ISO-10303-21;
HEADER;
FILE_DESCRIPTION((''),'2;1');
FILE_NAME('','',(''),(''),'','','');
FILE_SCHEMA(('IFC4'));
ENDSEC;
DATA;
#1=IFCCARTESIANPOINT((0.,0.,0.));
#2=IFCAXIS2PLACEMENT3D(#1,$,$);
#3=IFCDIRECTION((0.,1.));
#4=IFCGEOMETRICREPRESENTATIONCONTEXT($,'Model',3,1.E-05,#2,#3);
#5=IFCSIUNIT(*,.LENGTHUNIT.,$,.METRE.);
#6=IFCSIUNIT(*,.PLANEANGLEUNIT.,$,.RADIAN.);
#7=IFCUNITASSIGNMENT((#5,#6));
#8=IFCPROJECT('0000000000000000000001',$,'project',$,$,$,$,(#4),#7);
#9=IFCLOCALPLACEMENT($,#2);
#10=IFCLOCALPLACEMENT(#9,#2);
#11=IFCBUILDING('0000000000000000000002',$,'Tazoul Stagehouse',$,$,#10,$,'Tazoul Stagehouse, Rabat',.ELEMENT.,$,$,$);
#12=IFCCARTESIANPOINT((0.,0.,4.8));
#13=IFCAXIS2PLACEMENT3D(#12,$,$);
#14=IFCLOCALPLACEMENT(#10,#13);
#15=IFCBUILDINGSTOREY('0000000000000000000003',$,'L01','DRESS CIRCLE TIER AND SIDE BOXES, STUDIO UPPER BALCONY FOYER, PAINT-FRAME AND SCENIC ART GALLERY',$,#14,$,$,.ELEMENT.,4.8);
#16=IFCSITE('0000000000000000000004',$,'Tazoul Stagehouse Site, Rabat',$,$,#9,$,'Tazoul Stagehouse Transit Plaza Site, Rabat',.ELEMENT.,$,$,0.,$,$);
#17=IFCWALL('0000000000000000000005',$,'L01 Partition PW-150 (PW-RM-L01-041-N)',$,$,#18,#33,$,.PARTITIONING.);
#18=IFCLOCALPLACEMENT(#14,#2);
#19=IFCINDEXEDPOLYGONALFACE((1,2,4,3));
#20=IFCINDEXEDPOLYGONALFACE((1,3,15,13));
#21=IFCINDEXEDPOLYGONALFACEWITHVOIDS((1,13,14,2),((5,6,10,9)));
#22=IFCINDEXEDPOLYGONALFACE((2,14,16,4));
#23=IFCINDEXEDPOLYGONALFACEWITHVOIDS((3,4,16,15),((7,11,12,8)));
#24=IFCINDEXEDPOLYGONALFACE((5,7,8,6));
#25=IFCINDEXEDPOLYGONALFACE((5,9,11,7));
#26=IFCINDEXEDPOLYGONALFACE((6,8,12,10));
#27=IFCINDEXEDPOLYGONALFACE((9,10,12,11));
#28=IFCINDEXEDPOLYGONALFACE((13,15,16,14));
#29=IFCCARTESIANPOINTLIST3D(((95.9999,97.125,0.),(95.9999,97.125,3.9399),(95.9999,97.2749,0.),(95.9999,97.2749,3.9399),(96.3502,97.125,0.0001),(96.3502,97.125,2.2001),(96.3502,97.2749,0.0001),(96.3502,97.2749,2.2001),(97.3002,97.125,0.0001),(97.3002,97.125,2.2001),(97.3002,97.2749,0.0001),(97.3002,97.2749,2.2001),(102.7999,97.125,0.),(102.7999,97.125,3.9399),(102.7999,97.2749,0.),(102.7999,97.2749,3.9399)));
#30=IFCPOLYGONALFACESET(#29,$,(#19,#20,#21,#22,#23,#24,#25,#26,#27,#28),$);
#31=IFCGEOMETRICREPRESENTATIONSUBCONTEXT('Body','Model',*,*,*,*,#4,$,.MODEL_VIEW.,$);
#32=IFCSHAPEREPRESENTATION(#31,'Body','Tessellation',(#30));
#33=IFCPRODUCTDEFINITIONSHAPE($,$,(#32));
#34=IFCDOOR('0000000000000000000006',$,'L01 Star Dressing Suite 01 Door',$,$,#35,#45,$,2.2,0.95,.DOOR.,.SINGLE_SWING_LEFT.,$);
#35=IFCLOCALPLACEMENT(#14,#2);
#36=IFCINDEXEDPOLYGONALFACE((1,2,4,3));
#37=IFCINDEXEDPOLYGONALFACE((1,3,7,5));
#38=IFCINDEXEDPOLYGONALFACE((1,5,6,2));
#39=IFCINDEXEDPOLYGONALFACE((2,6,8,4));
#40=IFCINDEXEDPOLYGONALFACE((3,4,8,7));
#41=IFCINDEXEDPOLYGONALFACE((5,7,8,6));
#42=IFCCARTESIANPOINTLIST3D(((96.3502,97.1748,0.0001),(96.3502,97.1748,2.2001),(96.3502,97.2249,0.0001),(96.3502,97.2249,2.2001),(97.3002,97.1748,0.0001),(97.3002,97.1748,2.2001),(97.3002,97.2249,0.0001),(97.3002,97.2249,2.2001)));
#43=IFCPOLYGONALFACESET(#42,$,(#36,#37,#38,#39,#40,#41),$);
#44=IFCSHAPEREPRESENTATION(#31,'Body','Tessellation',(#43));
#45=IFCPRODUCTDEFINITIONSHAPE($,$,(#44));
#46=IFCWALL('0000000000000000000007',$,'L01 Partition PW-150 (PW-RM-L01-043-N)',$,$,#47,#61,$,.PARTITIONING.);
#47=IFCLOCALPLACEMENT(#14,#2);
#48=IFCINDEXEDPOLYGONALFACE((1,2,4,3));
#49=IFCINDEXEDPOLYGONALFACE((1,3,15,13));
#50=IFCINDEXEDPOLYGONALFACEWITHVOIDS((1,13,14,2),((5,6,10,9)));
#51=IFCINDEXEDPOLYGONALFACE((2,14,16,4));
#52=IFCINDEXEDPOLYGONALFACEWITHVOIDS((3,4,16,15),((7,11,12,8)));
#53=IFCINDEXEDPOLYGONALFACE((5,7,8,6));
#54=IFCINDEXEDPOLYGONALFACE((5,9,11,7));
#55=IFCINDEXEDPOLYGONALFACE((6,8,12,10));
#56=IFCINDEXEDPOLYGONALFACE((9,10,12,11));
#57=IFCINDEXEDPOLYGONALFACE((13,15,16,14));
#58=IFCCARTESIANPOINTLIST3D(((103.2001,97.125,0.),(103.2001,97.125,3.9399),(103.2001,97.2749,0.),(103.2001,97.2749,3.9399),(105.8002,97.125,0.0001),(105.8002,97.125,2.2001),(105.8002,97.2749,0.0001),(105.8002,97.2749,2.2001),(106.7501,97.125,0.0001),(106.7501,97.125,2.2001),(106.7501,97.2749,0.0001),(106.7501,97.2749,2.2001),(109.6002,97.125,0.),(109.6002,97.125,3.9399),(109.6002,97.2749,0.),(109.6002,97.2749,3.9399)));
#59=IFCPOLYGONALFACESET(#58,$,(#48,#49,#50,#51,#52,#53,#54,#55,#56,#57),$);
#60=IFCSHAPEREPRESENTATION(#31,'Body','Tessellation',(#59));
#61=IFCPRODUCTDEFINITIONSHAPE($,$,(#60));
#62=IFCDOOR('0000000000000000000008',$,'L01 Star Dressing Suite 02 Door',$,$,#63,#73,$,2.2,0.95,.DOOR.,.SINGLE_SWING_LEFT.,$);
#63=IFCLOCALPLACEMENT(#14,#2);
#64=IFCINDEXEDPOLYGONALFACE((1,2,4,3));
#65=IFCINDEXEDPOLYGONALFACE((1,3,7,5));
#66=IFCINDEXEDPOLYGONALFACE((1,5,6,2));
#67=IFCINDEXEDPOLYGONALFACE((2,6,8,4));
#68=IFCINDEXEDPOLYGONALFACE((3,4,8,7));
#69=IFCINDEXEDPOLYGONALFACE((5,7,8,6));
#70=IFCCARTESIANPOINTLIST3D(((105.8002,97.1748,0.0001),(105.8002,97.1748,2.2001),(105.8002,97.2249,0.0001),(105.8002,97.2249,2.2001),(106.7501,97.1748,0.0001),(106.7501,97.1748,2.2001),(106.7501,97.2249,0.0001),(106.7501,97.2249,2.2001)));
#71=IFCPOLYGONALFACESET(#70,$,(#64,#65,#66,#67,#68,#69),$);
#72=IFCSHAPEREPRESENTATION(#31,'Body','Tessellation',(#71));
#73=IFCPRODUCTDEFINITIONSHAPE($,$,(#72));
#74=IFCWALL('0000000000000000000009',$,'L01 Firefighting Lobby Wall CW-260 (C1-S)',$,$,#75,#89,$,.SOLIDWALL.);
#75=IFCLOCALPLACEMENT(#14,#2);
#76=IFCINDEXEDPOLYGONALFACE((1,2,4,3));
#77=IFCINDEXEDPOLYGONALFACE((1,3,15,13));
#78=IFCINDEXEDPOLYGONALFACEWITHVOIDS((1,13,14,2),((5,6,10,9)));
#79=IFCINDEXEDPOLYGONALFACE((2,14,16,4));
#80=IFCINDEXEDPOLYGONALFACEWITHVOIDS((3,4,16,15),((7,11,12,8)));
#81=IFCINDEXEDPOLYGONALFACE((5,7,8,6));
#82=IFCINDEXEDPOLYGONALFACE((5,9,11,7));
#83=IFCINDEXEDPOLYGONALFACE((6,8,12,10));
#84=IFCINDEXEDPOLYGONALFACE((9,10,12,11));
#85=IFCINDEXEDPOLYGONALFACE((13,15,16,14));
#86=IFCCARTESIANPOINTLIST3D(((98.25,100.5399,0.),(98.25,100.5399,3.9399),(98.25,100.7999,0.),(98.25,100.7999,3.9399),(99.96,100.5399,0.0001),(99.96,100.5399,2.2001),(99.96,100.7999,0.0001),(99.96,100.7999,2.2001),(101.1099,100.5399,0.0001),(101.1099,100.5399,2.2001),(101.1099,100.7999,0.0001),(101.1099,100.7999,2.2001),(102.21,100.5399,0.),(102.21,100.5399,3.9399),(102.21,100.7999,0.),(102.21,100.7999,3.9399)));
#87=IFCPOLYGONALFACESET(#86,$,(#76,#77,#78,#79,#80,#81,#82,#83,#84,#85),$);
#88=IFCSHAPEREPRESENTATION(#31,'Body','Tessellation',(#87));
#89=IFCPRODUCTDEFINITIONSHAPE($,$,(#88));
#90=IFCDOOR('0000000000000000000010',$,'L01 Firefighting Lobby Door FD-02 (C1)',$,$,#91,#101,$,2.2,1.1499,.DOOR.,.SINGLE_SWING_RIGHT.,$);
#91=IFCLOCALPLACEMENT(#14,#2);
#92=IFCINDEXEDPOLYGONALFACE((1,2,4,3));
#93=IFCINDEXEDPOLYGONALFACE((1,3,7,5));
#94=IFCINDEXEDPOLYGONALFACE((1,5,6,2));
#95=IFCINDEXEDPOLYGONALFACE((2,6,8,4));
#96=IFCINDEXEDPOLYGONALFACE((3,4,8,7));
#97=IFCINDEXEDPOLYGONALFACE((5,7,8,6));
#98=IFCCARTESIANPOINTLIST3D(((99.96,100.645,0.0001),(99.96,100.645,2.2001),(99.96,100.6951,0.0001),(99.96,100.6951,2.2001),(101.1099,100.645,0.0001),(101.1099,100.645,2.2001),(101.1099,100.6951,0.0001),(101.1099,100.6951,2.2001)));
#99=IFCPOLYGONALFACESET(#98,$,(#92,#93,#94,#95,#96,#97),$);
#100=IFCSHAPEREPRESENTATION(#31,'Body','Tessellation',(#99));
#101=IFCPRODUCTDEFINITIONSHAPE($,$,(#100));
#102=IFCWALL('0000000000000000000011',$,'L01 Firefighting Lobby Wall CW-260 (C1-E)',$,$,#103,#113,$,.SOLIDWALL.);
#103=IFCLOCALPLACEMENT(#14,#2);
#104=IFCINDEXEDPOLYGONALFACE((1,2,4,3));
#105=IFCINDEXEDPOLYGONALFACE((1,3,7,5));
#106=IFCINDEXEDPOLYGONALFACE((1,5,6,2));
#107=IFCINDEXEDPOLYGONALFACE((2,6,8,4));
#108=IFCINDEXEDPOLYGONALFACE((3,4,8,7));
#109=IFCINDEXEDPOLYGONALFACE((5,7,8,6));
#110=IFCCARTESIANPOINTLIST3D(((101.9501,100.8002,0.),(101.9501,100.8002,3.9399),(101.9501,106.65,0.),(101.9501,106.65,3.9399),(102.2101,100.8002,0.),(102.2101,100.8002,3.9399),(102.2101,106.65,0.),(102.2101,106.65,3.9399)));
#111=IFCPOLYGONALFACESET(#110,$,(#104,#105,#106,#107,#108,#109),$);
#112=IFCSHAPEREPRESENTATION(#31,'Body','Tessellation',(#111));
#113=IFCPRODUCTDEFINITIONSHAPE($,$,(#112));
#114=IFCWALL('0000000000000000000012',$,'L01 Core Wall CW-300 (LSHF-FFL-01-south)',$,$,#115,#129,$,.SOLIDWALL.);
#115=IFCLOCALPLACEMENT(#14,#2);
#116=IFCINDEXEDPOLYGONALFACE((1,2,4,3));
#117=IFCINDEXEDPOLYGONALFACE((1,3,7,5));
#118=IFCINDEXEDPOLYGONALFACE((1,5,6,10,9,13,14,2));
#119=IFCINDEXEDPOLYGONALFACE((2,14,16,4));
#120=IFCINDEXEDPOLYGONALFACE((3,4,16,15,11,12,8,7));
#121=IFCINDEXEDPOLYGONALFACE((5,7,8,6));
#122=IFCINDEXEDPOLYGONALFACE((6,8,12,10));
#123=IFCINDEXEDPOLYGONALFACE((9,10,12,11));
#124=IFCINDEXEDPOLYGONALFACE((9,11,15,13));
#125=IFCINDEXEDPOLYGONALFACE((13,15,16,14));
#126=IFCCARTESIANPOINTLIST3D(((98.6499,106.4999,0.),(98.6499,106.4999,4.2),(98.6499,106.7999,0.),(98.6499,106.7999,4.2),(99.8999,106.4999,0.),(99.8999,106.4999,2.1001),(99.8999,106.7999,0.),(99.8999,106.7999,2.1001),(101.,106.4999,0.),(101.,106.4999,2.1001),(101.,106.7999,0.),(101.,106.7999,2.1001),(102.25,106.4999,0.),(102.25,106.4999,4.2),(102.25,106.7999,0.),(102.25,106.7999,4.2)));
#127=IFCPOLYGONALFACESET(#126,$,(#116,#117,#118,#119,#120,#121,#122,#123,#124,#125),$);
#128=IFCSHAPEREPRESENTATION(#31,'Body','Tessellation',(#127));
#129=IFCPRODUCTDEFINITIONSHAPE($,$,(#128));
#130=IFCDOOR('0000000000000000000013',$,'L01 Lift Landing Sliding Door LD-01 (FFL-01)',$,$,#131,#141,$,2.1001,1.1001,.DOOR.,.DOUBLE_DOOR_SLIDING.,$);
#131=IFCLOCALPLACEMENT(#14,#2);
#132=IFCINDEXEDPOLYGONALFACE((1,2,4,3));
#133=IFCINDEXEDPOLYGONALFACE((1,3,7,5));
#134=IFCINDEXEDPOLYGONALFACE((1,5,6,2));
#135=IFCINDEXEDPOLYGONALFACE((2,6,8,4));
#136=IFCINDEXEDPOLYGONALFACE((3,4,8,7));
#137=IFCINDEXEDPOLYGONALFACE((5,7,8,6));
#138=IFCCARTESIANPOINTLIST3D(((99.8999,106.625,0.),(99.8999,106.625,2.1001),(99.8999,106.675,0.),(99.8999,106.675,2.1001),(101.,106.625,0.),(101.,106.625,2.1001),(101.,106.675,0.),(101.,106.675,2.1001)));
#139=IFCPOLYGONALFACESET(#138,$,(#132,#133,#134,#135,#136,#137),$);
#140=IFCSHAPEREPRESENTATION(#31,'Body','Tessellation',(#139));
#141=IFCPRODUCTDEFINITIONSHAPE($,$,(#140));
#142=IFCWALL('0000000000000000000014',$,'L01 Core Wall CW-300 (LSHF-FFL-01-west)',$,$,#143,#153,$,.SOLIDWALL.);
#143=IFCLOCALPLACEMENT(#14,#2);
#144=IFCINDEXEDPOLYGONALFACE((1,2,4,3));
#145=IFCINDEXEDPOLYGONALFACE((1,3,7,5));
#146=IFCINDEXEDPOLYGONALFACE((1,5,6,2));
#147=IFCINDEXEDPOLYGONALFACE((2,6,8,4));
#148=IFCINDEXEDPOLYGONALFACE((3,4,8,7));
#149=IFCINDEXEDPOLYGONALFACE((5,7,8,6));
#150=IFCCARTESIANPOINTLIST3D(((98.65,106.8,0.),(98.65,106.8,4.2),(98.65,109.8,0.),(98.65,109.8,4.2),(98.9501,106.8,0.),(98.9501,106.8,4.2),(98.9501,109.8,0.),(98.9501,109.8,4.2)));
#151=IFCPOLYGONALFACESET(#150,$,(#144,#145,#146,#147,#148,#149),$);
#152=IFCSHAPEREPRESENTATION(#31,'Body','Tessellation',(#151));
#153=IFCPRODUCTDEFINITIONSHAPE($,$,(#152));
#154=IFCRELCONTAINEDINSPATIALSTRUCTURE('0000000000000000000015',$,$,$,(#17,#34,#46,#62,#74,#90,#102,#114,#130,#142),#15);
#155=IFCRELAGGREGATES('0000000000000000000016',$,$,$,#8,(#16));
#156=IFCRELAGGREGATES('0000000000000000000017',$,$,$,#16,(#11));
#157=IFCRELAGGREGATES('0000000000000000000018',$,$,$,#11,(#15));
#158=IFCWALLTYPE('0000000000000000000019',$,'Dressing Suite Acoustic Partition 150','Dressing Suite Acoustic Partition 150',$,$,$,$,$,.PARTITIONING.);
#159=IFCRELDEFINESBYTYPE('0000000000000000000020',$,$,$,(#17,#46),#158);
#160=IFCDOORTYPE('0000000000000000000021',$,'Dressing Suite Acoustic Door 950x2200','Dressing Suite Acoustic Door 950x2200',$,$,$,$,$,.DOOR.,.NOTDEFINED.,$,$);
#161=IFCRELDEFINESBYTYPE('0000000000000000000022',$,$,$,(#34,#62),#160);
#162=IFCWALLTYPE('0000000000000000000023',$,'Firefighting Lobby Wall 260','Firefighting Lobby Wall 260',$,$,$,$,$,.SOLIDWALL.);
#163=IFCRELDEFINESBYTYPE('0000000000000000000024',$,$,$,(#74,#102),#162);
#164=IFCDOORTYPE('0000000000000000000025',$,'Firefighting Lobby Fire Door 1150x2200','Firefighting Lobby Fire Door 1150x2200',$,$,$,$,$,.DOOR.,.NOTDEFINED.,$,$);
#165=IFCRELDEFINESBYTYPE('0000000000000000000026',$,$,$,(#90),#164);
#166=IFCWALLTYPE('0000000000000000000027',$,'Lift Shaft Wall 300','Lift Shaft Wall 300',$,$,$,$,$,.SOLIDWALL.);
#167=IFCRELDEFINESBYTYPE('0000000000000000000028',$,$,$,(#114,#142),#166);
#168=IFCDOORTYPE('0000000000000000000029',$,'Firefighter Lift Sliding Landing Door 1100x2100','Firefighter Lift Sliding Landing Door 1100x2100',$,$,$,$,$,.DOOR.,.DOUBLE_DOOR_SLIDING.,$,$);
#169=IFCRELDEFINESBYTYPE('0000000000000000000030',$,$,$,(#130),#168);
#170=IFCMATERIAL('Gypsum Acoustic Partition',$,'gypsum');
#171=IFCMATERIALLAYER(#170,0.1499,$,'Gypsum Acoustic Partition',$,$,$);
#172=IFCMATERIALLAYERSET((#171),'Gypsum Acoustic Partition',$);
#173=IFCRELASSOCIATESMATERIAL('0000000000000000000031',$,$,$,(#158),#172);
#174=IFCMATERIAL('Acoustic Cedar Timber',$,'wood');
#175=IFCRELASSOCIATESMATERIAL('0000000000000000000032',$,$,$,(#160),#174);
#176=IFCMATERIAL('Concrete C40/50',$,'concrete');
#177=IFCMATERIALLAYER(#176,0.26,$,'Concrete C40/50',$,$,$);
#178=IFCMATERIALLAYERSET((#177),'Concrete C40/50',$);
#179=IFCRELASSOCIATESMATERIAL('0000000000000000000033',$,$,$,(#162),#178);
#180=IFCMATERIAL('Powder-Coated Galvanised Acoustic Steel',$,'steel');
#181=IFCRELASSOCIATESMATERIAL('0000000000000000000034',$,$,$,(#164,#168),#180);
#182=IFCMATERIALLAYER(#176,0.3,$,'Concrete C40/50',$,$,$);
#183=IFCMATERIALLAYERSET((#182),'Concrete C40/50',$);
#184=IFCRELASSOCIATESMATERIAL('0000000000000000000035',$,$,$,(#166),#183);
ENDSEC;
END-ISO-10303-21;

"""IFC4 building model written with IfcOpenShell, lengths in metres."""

from ifc_helpers import new_model, si_unit, direction, frame, frame_2d, origin, place, context, subcontext, project, spatial, rectangle, extrude, material, layer, layer_set, type_object, element, fill, save


model = new_model("IFC4")

# Units and contexts
model_context = context("Model", 3, precision=1e-05, world=origin(), true_north=direction((0.0, 1.0)))
body_context = subcontext(model_context, "Body", "Model", "MODEL_VIEW")
ifc_project = project(units=[si_unit("LENGTHUNIT", "METRE"), si_unit("PLANEANGLEUNIT", "RADIAN")], contexts=[model_context])

# Site, building, storey
site_placement = place(None, origin())
site = spatial("IfcSite", under=ifc_project, at=site_placement, Name="Tazoul Stagehouse Site, Rabat", LongName="Tazoul Stagehouse Transit Plaza Site, Rabat", CompositionType="ELEMENT", RefElevation=0.0)
building_placement = place(site_placement, origin())
building = spatial("IfcBuilding", under=site, at=building_placement, Name="Tazoul Stagehouse", LongName="Tazoul Stagehouse, Rabat", CompositionType="ELEMENT")
storey_placement = place(building_placement, frame((0.0, 0.0, 4.8)))
storey = spatial("IfcBuildingStorey", under=building, at=storey_placement, Name="L01", Description="DRESS CIRCLE TIER AND SIDE BOXES, STUDIO UPPER BALCONY FOYER, PAINT-FRAME AND SCENIC ART GALLERY", CompositionType="ELEMENT", Elevation=4.8)

# Shared definitions
ifc_material_1 = material(Name="Concrete C40/50", Category="concrete")

# Walls, openings, doors
ifc_material_2 = material(Name="Gypsum Acoustic Partition", Category="gypsum")
ifc_layer_1 = layer(ifc_material_2, 0.1499, Name="Gypsum Acoustic Partition")
ifc_layer_set_1 = layer_set([ifc_layer_1], Name="Gypsum Acoustic Partition")
wall_type_1 = type_object("IfcWallType", Name="Dressing Suite Acoustic Partition 150", Description="Dressing Suite Acoustic Partition 150", PredefinedType="PARTITIONING", material=ifc_layer_set_1)
wall_1_placement = place(storey_placement, frame((96.0, 97.2, 0.0), z_axis=(0.0, 0.0, 1.0), x_axis=(1.0, 0.0, 0.0)))
wall_1 = element("IfcWall", 1, at=wall_1_placement, inside=storey, type_object=wall_type_1, Name="L01 Partition PW-150 (PW-RM-L01-041-N)", PredefinedType="PARTITIONING", context=body_context, shape_type="SweptSolid", body=[
    extrude(rectangle(XDim=6.8, YDim=0.1499, at=frame_2d((3.3999, 0.0))), origin(), (0.0, 0.0, 1.0), 3.9399),
])
opening_1_placement = place(wall_1_placement, frame((0.3501, 0.0, 0.0)))
opening_1 = element("IfcOpeningElement", 2, at=opening_1_placement, cuts=wall_1, PredefinedType="OPENING", context=body_context, shape_type="SweptSolid", body=[
    extrude(rectangle(XDim=0.95, YDim=2.2, at=frame_2d((0.4751, 1.1001))), frame((0.0, 0.095, 0.0), z_axis=(0.0, -1.0, 0.0), x_axis=(1.0, 0.0, 0.0)), (0.0, 0.0, 1.0), 0.1899),
])
ifc_material_3 = material(Name="Acoustic Cedar Timber", Category="wood")
door_type_1 = type_object("IfcDoorType", Name="Dressing Suite Acoustic Door 950x2200", Description="Dressing Suite Acoustic Door 950x2200", OperationType="NOTDEFINED", PredefinedType="DOOR", material=ifc_material_3)
door_1_placement = place(opening_1_placement, origin())
door_1 = element("IfcDoor", 3, at=door_1_placement, inside=storey, type_object=door_type_1, Name="L01 Star Dressing Suite 01 Door", OperationType="SINGLE_SWING_LEFT", OverallHeight=2.2, OverallWidth=0.95, PredefinedType="DOOR", context=body_context, shape_type="SweptSolid", body=[
    extrude(rectangle(XDim=0.95, YDim=2.2, at=frame_2d((0.4751, 1.1001))), frame((0.0, 0.0249, 0.0), z_axis=(0.0, -1.0, 0.0), x_axis=(1.0, 0.0, 0.0)), (0.0, 0.0, 1.0), 0.05),
])
fill(opening_1, door_1)
wall_2_placement = place(storey_placement, frame((103.2, 97.2, 0.0), z_axis=(0.0, 0.0, 1.0), x_axis=(1.0, 0.0, 0.0)))
wall_2 = element("IfcWall", 4, at=wall_2_placement, inside=storey, type_object=wall_type_1, Name="L01 Partition PW-150 (PW-RM-L01-043-N)", PredefinedType="PARTITIONING", context=body_context, shape_type="SweptSolid", body=[
    extrude(rectangle(XDim=6.4001, YDim=0.1499, at=frame_2d((3.2002, 0.0))), origin(), (0.0, 0.0, 1.0), 3.9399),
])
opening_2_placement = place(wall_2_placement, frame((2.6001, 0.0, 0.0)))
opening_2 = element("IfcOpeningElement", 5, at=opening_2_placement, cuts=wall_2, PredefinedType="OPENING", context=body_context, shape_type="SweptSolid", body=[
    extrude(rectangle(XDim=0.95, YDim=2.2, at=frame_2d((0.4751, 1.1001))), frame((0.0, 0.095, 0.0), z_axis=(0.0, -1.0, 0.0), x_axis=(1.0, 0.0, 0.0)), (0.0, 0.0, 1.0), 0.1899),
])
door_2_placement = place(opening_2_placement, origin())
door_2 = element("IfcDoor", 6, at=door_2_placement, inside=storey, type_object=door_type_1, Name="L01 Star Dressing Suite 02 Door", OperationType="SINGLE_SWING_LEFT", OverallHeight=2.2, OverallWidth=0.95, PredefinedType="DOOR", context=body_context, shape_type="SweptSolid", body=[
    extrude(rectangle(XDim=0.95, YDim=2.2, at=frame_2d((0.4751, 1.1001))), frame((0.0, 0.0249, 0.0), z_axis=(0.0, -1.0, 0.0), x_axis=(1.0, 0.0, 0.0)), (0.0, 0.0, 1.0), 0.05),
])
fill(opening_2, door_2)
ifc_layer_2 = layer(ifc_material_1, 0.26, Name="Concrete C40/50")
ifc_layer_set_2 = layer_set([ifc_layer_2], Name="Concrete C40/50")
wall_type_2 = type_object("IfcWallType", Name="Firefighting Lobby Wall 260", Description="Firefighting Lobby Wall 260", PredefinedType="SOLIDWALL", material=ifc_layer_set_2)
wall_3_placement = place(storey_placement, frame((102.21, 100.6699, 0.0), z_axis=(0.0, 0.0, 1.0), x_axis=(-1.0, 0.0, 0.0)))
wall_3 = element("IfcWall", 7, at=wall_3_placement, inside=storey, type_object=wall_type_2, Name="L01 Firefighting Lobby Wall CW-260 (C1-S)", PredefinedType="SOLIDWALL", context=body_context, shape_type="SweptSolid", body=[
    extrude(rectangle(XDim=3.96, YDim=0.26, at=frame_2d((1.98, 0.0))), origin(), (0.0, 0.0, 1.0), 3.9399),
])
opening_3_placement = place(wall_3_placement, frame((1.1001, 0.0, 0.0)))
opening_3 = element("IfcOpeningElement", 8, at=opening_3_placement, cuts=wall_3, PredefinedType="OPENING", context=body_context, shape_type="SweptSolid", body=[
    extrude(rectangle(XDim=1.1499, YDim=2.2, at=frame_2d((0.575, 1.1001))), frame((0.0, 0.1499, 0.0), z_axis=(0.0, -1.0, 0.0), x_axis=(1.0, 0.0, 0.0)), (0.0, 0.0, 1.0), 0.3),
])
ifc_material_4 = material(Name="Powder-Coated Galvanised Acoustic Steel", Category="steel")
door_type_2 = type_object("IfcDoorType", Name="Firefighting Lobby Fire Door 1150x2200", Description="Firefighting Lobby Fire Door 1150x2200", OperationType="NOTDEFINED", PredefinedType="DOOR", material=ifc_material_4)
door_3_placement = place(opening_3_placement, origin())
door_3 = element("IfcDoor", 9, at=door_3_placement, inside=storey, type_object=door_type_2, Name="L01 Firefighting Lobby Door FD-02 (C1)", OperationType="SINGLE_SWING_RIGHT", OverallHeight=2.2, OverallWidth=1.1499, PredefinedType="DOOR", context=body_context, shape_type="SweptSolid", body=[
    extrude(rectangle(XDim=1.1499, YDim=2.2, at=frame_2d((0.575, 1.1001))), frame((0.0, 0.0249, 0.0), z_axis=(0.0, -1.0, 0.0), x_axis=(1.0, 0.0, 0.0)), (0.0, 0.0, 1.0), 0.05),
])
fill(opening_3, door_3)

# Wall
wall_4_placement = place(storey_placement, frame((102.0801, 106.6499, 0.0), z_axis=(0.0, 0.0, 1.0), x_axis=(0.0, -1.0, 0.0)))
element("IfcWall", 10, at=wall_4_placement, inside=storey, type_object=wall_type_2, Name="L01 Firefighting Lobby Wall CW-260 (C1-E)", PredefinedType="SOLIDWALL", context=body_context, shape_type="SweptSolid", body=[
    extrude(rectangle(XDim=5.8499, YDim=0.26, at=frame_2d((2.9248, 0.0))), origin(), (0.0, 0.0, 1.0), 3.9399),
])

# Wall, opening, door
ifc_layer_3 = layer(ifc_material_1, 0.3, Name="Concrete C40/50")
ifc_layer_set_3 = layer_set([ifc_layer_3], Name="Concrete C40/50")
wall_type_3 = type_object("IfcWallType", Name="Lift Shaft Wall 300", Description="Lift Shaft Wall 300", PredefinedType="SOLIDWALL", material=ifc_layer_set_3)
wall_5_placement = place(storey_placement, frame((102.25, 106.6499, 0.0), z_axis=(0.0, 0.0, 1.0), x_axis=(-1.0, 0.0, 0.0)))
wall_5 = element("IfcWall", 11, at=wall_5_placement, inside=storey, type_object=wall_type_3, Name="L01 Core Wall CW-300 (LSHF-FFL-01-south)", PredefinedType="SOLIDWALL", context=body_context, shape_type="SweptSolid", body=[
    extrude(rectangle(XDim=3.6001, YDim=0.3, at=frame_2d((1.8, 0.0))), origin(), (0.0, 0.0, 1.0), 4.2),
])
opening_4_placement = place(wall_5_placement, frame((1.25, 0.0, 0.0)))
opening_4 = element("IfcOpeningElement", 12, at=opening_4_placement, cuts=wall_5, PredefinedType="OPENING", context=body_context, shape_type="SweptSolid", body=[
    extrude(rectangle(XDim=1.1001, YDim=2.1001, at=frame_2d((0.55, 1.05))), frame((0.0, 0.1699, 0.0), z_axis=(0.0, -1.0, 0.0), x_axis=(1.0, 0.0, 0.0)), (0.0, 0.0, 1.0), 0.3401),
])
door_type_3 = type_object("IfcDoorType", Name="Firefighter Lift Sliding Landing Door 1100x2100", Description="Firefighter Lift Sliding Landing Door 1100x2100", OperationType="DOUBLE_DOOR_SLIDING", PredefinedType="DOOR", material=ifc_material_4)
door_4_placement = place(opening_4_placement, origin())
door_4 = element("IfcDoor", 13, at=door_4_placement, inside=storey, type_object=door_type_3, Name="L01 Lift Landing Sliding Door LD-01 (FFL-01)", OperationType="DOUBLE_DOOR_SLIDING", OverallHeight=2.1001, OverallWidth=1.1001, PredefinedType="DOOR", context=body_context, shape_type="SweptSolid", body=[
    extrude(rectangle(XDim=1.1001, YDim=2.1001, at=frame_2d((0.55, 1.05))), frame((0.0, 0.0249, 0.0), z_axis=(0.0, -1.0, 0.0), x_axis=(1.0, 0.0, 0.0)), (0.0, 0.0, 1.0), 0.05),
])
fill(opening_4, door_4)

# Wall
wall_6_placement = place(storey_placement, frame((98.8, 106.8, 0.0), z_axis=(0.0, 0.0, 1.0), x_axis=(0.0, 1.0, 0.0)))
element("IfcWall", 14, at=wall_6_placement, inside=storey, type_object=wall_type_3, Name="L01 Core Wall CW-300 (LSHF-FFL-01-west)", PredefinedType="SOLIDWALL", context=body_context, shape_type="SweptSolid", body=[
    extrude(rectangle(XDim=3.0, YDim=0.3, at=frame_2d((1.5, 0.0))), origin(), (0.0, 0.0, 1.0), 4.2),
])

save(model, "model.ifc")
